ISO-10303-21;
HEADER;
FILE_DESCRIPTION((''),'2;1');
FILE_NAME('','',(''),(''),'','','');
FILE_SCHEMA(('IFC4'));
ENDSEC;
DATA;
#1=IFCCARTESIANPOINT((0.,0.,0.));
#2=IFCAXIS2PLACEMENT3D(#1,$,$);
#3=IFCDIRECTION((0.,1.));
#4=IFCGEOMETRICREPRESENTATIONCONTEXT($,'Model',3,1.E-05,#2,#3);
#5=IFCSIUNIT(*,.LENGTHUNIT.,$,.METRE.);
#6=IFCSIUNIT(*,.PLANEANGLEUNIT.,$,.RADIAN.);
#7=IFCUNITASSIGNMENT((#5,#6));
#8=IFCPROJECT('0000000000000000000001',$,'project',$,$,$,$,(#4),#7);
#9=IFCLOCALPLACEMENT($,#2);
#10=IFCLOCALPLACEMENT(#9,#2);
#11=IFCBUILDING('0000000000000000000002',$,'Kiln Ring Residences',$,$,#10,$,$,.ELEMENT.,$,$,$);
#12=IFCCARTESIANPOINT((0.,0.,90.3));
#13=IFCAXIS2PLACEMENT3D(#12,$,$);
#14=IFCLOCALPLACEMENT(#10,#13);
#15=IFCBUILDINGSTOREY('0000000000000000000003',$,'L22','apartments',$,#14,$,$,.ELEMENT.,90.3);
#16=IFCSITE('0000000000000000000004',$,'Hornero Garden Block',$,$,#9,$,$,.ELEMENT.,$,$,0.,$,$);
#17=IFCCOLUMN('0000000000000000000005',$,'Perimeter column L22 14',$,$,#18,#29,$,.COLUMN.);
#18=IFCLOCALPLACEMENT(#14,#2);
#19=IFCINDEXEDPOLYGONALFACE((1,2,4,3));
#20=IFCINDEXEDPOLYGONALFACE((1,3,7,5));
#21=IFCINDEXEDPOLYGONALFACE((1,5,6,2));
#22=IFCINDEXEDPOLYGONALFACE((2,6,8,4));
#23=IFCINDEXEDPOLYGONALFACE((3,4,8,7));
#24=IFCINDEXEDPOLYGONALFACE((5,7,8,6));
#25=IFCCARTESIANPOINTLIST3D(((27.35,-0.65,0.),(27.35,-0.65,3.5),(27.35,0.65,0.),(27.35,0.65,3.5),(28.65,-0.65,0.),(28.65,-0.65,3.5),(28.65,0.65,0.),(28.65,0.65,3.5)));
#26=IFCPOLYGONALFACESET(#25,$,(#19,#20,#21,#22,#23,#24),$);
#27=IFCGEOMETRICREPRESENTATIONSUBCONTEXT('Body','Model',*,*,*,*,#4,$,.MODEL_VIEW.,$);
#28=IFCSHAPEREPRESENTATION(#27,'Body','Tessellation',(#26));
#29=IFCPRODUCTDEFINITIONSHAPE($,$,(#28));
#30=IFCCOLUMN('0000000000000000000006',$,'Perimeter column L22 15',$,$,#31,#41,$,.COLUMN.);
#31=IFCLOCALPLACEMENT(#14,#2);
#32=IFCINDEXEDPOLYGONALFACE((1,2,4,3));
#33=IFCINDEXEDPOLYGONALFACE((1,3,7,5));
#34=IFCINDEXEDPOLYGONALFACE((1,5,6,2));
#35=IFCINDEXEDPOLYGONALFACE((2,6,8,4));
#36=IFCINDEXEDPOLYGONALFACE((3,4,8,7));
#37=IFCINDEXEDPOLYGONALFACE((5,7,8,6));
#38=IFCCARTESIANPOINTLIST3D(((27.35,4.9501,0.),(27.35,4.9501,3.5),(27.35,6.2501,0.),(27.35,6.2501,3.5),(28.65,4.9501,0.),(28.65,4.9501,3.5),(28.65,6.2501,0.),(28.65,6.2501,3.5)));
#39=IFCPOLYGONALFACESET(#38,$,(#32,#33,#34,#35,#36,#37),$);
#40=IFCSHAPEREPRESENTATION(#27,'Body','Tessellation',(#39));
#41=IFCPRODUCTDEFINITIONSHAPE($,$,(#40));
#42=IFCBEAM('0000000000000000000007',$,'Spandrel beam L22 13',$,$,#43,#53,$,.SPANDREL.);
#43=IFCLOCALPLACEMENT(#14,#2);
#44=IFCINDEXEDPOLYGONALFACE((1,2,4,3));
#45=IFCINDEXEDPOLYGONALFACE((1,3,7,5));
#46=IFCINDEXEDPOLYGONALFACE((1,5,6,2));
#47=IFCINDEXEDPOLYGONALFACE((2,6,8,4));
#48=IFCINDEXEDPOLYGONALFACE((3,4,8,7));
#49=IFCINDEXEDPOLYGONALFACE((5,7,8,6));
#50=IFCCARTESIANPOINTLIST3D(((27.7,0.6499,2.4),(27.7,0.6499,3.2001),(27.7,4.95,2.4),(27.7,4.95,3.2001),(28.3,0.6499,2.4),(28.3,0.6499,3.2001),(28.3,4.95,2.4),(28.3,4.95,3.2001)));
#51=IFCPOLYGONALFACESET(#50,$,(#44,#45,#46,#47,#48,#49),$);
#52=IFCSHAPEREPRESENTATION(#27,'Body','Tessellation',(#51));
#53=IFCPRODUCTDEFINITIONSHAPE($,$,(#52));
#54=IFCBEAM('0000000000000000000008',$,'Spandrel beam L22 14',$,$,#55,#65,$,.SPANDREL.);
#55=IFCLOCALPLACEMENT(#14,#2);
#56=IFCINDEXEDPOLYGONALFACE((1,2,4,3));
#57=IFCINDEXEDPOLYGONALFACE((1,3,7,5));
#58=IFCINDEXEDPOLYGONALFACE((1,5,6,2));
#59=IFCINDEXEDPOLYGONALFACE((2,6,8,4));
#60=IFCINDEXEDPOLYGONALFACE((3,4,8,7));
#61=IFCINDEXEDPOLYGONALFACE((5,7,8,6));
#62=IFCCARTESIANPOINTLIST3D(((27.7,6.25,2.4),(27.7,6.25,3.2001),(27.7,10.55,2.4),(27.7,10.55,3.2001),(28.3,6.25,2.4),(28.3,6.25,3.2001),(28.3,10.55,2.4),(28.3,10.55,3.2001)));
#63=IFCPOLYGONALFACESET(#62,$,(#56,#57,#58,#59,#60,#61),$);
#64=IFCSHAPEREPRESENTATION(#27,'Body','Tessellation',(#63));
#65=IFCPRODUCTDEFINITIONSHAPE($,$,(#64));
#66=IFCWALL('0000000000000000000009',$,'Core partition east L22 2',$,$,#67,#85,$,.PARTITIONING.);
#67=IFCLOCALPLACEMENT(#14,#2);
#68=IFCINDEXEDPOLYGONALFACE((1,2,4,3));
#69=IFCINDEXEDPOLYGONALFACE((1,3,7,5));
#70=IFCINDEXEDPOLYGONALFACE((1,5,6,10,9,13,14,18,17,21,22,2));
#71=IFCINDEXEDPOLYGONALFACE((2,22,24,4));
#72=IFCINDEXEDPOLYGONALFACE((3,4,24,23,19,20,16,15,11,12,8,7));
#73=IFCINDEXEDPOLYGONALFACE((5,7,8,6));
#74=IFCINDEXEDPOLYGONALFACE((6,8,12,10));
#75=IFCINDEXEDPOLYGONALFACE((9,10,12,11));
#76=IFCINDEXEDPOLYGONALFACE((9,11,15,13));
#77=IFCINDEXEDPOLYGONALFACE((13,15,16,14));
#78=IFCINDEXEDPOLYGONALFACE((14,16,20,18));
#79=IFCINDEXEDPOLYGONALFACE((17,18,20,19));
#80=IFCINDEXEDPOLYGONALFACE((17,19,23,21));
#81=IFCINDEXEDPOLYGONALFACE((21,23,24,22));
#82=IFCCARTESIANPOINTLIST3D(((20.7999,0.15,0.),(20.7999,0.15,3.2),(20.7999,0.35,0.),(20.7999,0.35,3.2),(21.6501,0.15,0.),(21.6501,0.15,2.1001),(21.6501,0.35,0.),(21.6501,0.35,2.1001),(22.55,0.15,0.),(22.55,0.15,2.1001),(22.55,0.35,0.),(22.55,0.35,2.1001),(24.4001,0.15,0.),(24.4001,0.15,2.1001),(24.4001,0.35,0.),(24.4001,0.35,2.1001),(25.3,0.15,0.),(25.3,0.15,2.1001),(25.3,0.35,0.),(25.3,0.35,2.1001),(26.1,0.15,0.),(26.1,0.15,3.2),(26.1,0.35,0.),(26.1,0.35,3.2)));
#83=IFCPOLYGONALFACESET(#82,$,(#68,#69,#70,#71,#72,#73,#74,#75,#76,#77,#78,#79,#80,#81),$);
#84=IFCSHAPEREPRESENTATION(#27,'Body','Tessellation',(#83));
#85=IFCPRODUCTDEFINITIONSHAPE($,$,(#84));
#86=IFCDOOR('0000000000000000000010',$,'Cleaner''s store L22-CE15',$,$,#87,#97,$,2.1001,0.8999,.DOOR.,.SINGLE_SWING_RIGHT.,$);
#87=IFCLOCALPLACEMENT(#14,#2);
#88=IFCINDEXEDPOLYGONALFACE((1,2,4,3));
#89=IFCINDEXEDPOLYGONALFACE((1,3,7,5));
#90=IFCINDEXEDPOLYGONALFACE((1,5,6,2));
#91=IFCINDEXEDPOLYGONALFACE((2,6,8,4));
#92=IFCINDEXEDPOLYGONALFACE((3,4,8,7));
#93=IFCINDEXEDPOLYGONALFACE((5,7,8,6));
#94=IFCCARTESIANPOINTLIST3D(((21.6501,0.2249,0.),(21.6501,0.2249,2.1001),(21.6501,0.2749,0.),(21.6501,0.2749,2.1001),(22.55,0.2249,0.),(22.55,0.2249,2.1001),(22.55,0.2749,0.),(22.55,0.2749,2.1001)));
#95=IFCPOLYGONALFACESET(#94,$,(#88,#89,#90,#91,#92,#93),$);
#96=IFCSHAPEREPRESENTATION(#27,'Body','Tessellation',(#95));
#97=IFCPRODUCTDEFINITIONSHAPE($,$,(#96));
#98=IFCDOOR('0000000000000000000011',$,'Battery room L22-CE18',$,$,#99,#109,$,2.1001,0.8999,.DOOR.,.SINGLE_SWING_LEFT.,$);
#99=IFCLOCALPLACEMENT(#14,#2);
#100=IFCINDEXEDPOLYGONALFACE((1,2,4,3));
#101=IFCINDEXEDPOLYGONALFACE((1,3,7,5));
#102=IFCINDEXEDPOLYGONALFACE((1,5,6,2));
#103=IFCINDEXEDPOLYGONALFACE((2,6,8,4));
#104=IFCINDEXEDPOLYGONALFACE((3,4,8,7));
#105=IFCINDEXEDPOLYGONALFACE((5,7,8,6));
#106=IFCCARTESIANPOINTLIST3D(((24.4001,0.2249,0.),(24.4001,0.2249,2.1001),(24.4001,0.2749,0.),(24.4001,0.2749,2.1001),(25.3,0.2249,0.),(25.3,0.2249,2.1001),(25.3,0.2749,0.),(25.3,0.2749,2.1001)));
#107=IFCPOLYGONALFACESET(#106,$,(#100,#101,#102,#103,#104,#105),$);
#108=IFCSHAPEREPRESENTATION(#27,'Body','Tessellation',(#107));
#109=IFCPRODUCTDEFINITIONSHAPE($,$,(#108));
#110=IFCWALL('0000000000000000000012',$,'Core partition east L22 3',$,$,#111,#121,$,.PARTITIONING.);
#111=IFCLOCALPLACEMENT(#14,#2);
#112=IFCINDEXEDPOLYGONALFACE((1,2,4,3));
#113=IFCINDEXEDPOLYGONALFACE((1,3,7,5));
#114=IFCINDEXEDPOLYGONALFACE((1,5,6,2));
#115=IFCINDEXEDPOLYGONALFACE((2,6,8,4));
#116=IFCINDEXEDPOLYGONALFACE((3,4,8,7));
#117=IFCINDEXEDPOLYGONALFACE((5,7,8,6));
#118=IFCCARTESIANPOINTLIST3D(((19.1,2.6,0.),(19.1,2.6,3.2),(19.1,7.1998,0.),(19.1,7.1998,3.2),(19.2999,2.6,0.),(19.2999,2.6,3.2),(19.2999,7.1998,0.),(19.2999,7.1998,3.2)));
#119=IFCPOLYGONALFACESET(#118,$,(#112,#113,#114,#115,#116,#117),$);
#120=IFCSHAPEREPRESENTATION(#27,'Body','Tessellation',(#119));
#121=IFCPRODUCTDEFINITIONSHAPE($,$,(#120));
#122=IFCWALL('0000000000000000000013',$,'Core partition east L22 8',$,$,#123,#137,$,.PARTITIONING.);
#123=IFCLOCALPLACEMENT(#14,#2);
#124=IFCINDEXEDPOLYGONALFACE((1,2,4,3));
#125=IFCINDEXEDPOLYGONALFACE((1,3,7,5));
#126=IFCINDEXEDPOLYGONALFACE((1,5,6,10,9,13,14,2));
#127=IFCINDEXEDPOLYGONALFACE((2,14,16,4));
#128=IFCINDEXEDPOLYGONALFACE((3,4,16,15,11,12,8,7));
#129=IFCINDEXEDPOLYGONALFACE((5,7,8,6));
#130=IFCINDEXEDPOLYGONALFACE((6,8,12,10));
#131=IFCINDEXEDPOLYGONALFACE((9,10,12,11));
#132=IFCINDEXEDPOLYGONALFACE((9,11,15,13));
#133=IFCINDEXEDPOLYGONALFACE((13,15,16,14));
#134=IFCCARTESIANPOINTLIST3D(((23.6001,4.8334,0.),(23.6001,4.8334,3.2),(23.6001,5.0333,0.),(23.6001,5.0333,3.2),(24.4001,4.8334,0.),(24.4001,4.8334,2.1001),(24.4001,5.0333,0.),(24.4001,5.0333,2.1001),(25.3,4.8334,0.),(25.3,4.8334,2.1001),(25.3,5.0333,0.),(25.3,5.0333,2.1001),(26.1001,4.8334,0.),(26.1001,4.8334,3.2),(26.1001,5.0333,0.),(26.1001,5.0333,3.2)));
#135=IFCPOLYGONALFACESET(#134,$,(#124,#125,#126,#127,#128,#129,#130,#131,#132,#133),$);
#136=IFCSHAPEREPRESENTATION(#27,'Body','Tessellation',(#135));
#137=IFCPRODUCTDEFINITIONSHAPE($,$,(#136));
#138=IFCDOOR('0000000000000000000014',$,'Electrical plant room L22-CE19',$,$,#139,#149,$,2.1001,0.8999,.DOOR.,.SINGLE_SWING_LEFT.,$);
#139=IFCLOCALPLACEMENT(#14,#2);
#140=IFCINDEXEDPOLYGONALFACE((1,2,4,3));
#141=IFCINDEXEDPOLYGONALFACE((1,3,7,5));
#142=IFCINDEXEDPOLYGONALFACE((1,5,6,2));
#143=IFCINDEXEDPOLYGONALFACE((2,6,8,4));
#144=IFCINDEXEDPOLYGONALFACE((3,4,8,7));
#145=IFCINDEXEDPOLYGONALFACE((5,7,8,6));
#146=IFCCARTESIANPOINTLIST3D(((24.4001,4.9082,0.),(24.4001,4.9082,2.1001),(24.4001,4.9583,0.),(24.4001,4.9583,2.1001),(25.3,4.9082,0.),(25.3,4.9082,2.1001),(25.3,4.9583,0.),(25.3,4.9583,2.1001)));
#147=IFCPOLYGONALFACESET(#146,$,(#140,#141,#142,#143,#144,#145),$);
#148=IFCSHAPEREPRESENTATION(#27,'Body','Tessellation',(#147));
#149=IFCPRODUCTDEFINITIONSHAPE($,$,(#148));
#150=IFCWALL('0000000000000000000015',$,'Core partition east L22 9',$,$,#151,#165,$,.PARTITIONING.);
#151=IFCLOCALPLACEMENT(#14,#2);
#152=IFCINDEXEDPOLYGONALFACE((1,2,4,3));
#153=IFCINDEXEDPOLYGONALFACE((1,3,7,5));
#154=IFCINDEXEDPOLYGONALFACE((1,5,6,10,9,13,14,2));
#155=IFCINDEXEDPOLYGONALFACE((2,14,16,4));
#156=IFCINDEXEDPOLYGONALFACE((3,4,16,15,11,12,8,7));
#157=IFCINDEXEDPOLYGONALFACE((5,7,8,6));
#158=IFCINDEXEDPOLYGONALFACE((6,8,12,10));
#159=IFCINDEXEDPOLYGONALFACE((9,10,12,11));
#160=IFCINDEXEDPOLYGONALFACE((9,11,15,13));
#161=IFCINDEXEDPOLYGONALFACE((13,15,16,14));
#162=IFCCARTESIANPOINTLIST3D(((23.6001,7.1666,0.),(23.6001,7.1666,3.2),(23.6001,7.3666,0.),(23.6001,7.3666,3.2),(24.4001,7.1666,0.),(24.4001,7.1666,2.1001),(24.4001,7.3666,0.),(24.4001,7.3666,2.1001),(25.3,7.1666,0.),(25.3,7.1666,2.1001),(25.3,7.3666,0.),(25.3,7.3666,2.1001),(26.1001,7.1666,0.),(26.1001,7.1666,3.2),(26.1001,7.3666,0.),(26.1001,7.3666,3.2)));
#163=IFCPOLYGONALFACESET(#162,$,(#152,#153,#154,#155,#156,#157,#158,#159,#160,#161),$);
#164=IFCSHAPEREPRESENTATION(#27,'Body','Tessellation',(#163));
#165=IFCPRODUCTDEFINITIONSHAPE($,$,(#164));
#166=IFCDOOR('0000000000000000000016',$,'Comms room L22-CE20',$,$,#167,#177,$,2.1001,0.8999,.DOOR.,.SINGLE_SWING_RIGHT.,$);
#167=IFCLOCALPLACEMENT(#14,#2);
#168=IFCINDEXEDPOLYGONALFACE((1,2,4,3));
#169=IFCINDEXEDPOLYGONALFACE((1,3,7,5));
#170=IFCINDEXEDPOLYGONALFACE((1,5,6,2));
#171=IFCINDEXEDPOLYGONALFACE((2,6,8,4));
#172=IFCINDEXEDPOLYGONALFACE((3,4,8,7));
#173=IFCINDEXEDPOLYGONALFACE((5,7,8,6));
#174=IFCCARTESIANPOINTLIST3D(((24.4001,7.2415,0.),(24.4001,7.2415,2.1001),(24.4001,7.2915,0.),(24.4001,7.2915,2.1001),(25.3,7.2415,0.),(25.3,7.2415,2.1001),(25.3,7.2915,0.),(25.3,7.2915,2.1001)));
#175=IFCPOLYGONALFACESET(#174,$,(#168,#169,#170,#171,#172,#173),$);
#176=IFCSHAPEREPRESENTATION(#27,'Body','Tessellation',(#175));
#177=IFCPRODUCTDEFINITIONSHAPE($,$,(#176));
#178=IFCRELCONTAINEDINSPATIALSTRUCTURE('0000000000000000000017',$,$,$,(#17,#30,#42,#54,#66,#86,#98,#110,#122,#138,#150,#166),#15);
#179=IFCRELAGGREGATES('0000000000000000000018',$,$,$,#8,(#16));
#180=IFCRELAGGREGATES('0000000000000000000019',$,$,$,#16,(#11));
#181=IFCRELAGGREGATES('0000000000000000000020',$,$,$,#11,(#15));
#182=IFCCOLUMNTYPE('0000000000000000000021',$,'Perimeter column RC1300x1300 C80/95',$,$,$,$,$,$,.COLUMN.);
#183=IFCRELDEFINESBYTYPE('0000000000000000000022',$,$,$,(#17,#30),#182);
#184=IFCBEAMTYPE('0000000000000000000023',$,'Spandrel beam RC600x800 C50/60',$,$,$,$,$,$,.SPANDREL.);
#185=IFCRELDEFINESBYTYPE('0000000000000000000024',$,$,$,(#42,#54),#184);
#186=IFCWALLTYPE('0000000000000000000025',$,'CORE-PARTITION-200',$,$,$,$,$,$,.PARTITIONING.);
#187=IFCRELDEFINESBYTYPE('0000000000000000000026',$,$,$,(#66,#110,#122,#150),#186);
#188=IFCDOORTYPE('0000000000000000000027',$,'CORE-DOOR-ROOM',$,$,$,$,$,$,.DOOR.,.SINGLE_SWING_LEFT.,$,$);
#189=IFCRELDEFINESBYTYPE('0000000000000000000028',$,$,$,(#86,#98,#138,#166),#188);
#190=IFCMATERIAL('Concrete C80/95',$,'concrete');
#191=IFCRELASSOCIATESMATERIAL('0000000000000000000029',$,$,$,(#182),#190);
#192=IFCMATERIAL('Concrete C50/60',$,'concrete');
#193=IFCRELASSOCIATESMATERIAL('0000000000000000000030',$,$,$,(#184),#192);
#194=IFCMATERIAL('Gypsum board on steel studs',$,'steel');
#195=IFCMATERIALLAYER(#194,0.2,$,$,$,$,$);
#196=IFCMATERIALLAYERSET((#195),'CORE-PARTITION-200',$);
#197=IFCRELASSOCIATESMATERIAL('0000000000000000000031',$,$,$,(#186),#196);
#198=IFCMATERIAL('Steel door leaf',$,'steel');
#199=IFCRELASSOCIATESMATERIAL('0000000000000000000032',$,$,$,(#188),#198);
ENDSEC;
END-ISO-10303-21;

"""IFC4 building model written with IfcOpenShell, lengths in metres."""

from ifc_helpers import new_model, si_unit, direction, frame, frame_2d, origin, origin_2d, place, context, subcontext, project, spatial, rectangle, extrude, material, layer, layer_set, material_profile, profile_set, type_object, element, fill, save


model = new_model("IFC4")

# Units and contexts
model_context = context("Model", 3, precision=1e-05, world=origin(), true_north=direction((0.0, 1.0)))
body_context = subcontext(model_context, "Body", "Model", "MODEL_VIEW")
ifc_project = project(units=[si_unit("LENGTHUNIT", "METRE"), si_unit("PLANEANGLEUNIT", "RADIAN")], contexts=[model_context])

# Site, building, storey
site_placement = place(None, origin())
site = spatial("IfcSite", under=ifc_project, at=site_placement, Name="Hornero Garden Block", CompositionType="ELEMENT", RefElevation=0.0)
building_placement = place(site_placement, origin())
building = spatial("IfcBuilding", under=site, at=building_placement, Name="Kiln Ring Residences", CompositionType="ELEMENT")
storey_placement = place(building_placement, frame((0.0, 0.0, 90.3)))
storey = spatial("IfcBuildingStorey", under=building, at=storey_placement, Name="L22", Description="apartments", CompositionType="ELEMENT", Elevation=90.3)

# Columns
ifc_material_1 = material(Name="Concrete C80/95", Category="concrete")
ifc_material_profile_1 = material_profile(ifc_material_1, rectangle(XDim=1.3, YDim=1.3, at=origin_2d()), Name="RC1300x1300")
ifc_profile_set_1 = profile_set([ifc_material_profile_1], Name="Concrete C80/95")
column_type = type_object("IfcColumnType", Name="Perimeter column RC1300x1300 C80/95", PredefinedType="COLUMN", material=ifc_profile_set_1)
for number, where, z_axis, x_axis, name in (
    (1, (28.0, 0.0, 0.0), (0.0, 0.0, 1.0), (1.0, 0.0, 0.0), "Perimeter column L22 14"),
    (2, (28.0, 5.6001, 0.0), (0.0, 0.0, 1.0), (1.0, 0.0, 0.0), "Perimeter column L22 15"),
):
    element("IfcColumn", number, at=place(storey_placement, frame(where, z_axis=z_axis, x_axis=x_axis)), inside=storey, type_object=column_type, Name=name, PredefinedType="COLUMN", context=body_context, shape_type="SweptSolid", body=[
        extrude(rectangle(XDim=1.3, YDim=1.3, at=origin_2d()), origin(), (0.0, 0.0, 1.0), 3.5),
    ])

# Beams
ifc_material_2 = material(Name="Concrete C50/60", Category="concrete")
ifc_material_profile_2 = material_profile(ifc_material_2, rectangle(XDim=0.6001, YDim=0.8, at=origin_2d()), Name="RC600x800")
ifc_profile_set_2 = profile_set([ifc_material_profile_2], Name="Concrete C50/60")
beam_type = type_object("IfcBeamType", Name="Spandrel beam RC600x800 C50/60", PredefinedType="SPANDREL", material=ifc_profile_set_2)
for number, where, z_axis, x_axis, name in (
    (3, (28.0, 0.6499, 2.8), (0.0, 1.0, 0.0), (-1.0, 0.0, 0.0), "Spandrel beam L22 13"),
    (4, (28.0, 6.25, 2.8), (0.0, 1.0, 0.0), (-1.0, 0.0, 0.0), "Spandrel beam L22 14"),
):
    element("IfcBeam", number, at=place(storey_placement, frame(where, z_axis=z_axis, x_axis=x_axis)), inside=storey, type_object=beam_type, Name=name, PredefinedType="SPANDREL", context=body_context, shape_type="SweptSolid", body=[
        extrude(rectangle(XDim=0.6001, YDim=0.8, at=origin_2d()), origin(), (0.0, 0.0, 1.0), 4.3),
    ])

# Wall, openings, doors
ifc_material_3 = material(Name="Gypsum board on steel studs", Category="steel")
ifc_layer_1 = layer(ifc_material_3, 0.2)
ifc_layer_set_1 = layer_set([ifc_layer_1], Name="CORE-PARTITION-200")
wall_type_1 = type_object("IfcWallType", Name="CORE-PARTITION-200", PredefinedType="PARTITIONING", material=ifc_layer_set_1)
wall_1_placement = place(storey_placement, frame((20.8, 0.25, 0.0), z_axis=(0.0, 0.0, 1.0), x_axis=(1.0, 0.0, 0.0)))
wall_1 = element("IfcWall", 5, at=wall_1_placement, inside=storey, type_object=wall_type_1, Name="Core partition east L22 2", PredefinedType="PARTITIONING", context=body_context, shape_type="SweptSolid", body=[
    extrude(rectangle(XDim=5.3, YDim=0.2, at=frame_2d((2.6499, 0.0))), origin(), (0.0, 0.0, 1.0), 3.2),
])
opening_1_placement = place(wall_1_placement, frame((0.8501, 0.0, 0.0)))
opening_1 = element("IfcOpeningElement", 6, at=opening_1_placement, cuts=wall_1, PredefinedType="OPENING", context=body_context, shape_type="SweptSolid", body=[
    extrude(rectangle(XDim=0.8999, YDim=2.1001, at=frame_2d((0.45, 1.05))), frame((0.0, 0.1099, 0.0), z_axis=(0.0, -1.0, 0.0), x_axis=(1.0, 0.0, 0.0)), (0.0, 0.0, 1.0), 0.22),
])
opening_2_placement = place(wall_1_placement, frame((3.6001, 0.0, 0.0)))
opening_2 = element("IfcOpeningElement", 7, at=opening_2_placement, cuts=wall_1, PredefinedType="OPENING", context=body_context, shape_type="SweptSolid", body=[
    extrude(rectangle(XDim=0.8999, YDim=2.1001, at=frame_2d((0.45, 1.05))), frame((0.0, 0.1099, 0.0), z_axis=(0.0, -1.0, 0.0), x_axis=(1.0, 0.0, 0.0)), (0.0, 0.0, 1.0), 0.22),
])
ifc_material_4 = material(Name="Steel door leaf", Category="steel")
door_type = type_object("IfcDoorType", Name="CORE-DOOR-ROOM", OperationType="SINGLE_SWING_LEFT", PredefinedType="DOOR", material=ifc_material_4)
door_1_placement = place(opening_1_placement, origin())
door_1 = element("IfcDoor", 8, at=door_1_placement, inside=storey, type_object=door_type, Name="Cleaner's store L22-CE15", OperationType="SINGLE_SWING_RIGHT", OverallHeight=2.1001, OverallWidth=0.8999, PredefinedType="DOOR", context=body_context, shape_type="SweptSolid", body=[
    extrude(rectangle(XDim=0.8999, YDim=2.1001, at=frame_2d((0.45, 1.05))), frame((0.0, 0.0249, 0.0), z_axis=(0.0, -1.0, 0.0), x_axis=(1.0, 0.0, 0.0)), (0.0, 0.0, 1.0), 0.05),
])
fill(opening_1, door_1)
door_2_placement = place(opening_2_placement, origin())
door_2 = element("IfcDoor", 9, at=door_2_placement, inside=storey, type_object=door_type, Name="Battery room L22-CE18", OperationType="SINGLE_SWING_LEFT", OverallHeight=2.1001, OverallWidth=0.8999, PredefinedType="DOOR", context=body_context, shape_type="SweptSolid", body=[
    extrude(rectangle(XDim=0.8999, YDim=2.1001, at=frame_2d((0.45, 1.05))), frame((0.0, 0.0249, 0.0), z_axis=(0.0, -1.0, 0.0), x_axis=(1.0, 0.0, 0.0)), (0.0, 0.0, 1.0), 0.05),
])
fill(opening_2, door_2)

# Wall
wall_2_placement = place(storey_placement, frame((19.2, 2.6001, 0.0), z_axis=(0.0, 0.0, 1.0), x_axis=(0.0, 1.0, 0.0)))
element("IfcWall", 10, at=wall_2_placement, inside=storey, type_object=wall_type_1, Name="Core partition east L22 3", PredefinedType="PARTITIONING", context=body_context, shape_type="SweptSolid", body=[
    extrude(rectangle(XDim=4.5999, YDim=0.2, at=frame_2d((2.2998, 0.0))), origin(), (0.0, 0.0, 1.0), 3.2),
])

# Walls, openings, doors
wall_3_placement = place(storey_placement, frame((23.6001, 4.9333, 0.0), z_axis=(0.0, 0.0, 1.0), x_axis=(1.0, 0.0, 0.0)))
wall_3 = element("IfcWall", 11, at=wall_3_placement, inside=storey, type_object=wall_type_1, Name="Core partition east L22 8", PredefinedType="PARTITIONING", context=body_context, shape_type="SweptSolid", body=[
    extrude(rectangle(XDim=2.5, YDim=0.2, at=frame_2d((1.25, 0.0))), origin(), (0.0, 0.0, 1.0), 3.2),
])
opening_3_placement = place(wall_3_placement, frame((0.8, 0.0, 0.0)))
opening_3 = element("IfcOpeningElement", 12, at=opening_3_placement, cuts=wall_3, PredefinedType="OPENING", context=body_context, shape_type="SweptSolid", body=[
    extrude(rectangle(XDim=0.8999, YDim=2.1001, at=frame_2d((0.45, 1.05))), frame((0.0, 0.1099, 0.0), z_axis=(0.0, -1.0, 0.0), x_axis=(1.0, 0.0, 0.0)), (0.0, 0.0, 1.0), 0.22),
])
door_3_placement = place(opening_3_placement, origin())
door_3 = element("IfcDoor", 13, at=door_3_placement, inside=storey, type_object=door_type, Name="Electrical plant room L22-CE19", OperationType="SINGLE_SWING_LEFT", OverallHeight=2.1001, OverallWidth=0.8999, PredefinedType="DOOR", context=body_context, shape_type="SweptSolid", body=[
    extrude(rectangle(XDim=0.8999, YDim=2.1001, at=frame_2d((0.45, 1.05))), frame((0.0, 0.0249, 0.0), z_axis=(0.0, -1.0, 0.0), x_axis=(1.0, 0.0, 0.0)), (0.0, 0.0, 1.0), 0.05),
])
fill(opening_3, door_3)
wall_4_placement = place(storey_placement, frame((23.6001, 7.2666, 0.0), z_axis=(0.0, 0.0, 1.0), x_axis=(1.0, 0.0, 0.0)))
wall_4 = element("IfcWall", 14, at=wall_4_placement, inside=storey, type_object=wall_type_1, Name="Core partition east L22 9", PredefinedType="PARTITIONING", context=body_context, shape_type="SweptSolid", body=[
    extrude(rectangle(XDim=2.5, YDim=0.2, at=frame_2d((1.25, 0.0))), origin(), (0.0, 0.0, 1.0), 3.2),
])
opening_4_placement = place(wall_4_placement, frame((0.8, 0.0, 0.0)))
opening_4 = element("IfcOpeningElement", 15, at=opening_4_placement, cuts=wall_4, PredefinedType="OPENING", context=body_context, shape_type="SweptSolid", body=[
    extrude(rectangle(XDim=0.8999, YDim=2.1001, at=frame_2d((0.45, 1.05))), frame((0.0, 0.1099, 0.0), z_axis=(0.0, -1.0, 0.0), x_axis=(1.0, 0.0, 0.0)), (0.0, 0.0, 1.0), 0.22),
])
door_4_placement = place(opening_4_placement, origin())
door_4 = element("IfcDoor", 16, at=door_4_placement, inside=storey, type_object=door_type, Name="Comms room L22-CE20", OperationType="SINGLE_SWING_RIGHT", OverallHeight=2.1001, OverallWidth=0.8999, PredefinedType="DOOR", context=body_context, shape_type="SweptSolid", body=[
    extrude(rectangle(XDim=0.8999, YDim=2.1001, at=frame_2d((0.45, 1.05))), frame((0.0, 0.0249, 0.0), z_axis=(0.0, -1.0, 0.0), x_axis=(1.0, 0.0, 0.0)), (0.0, 0.0, 1.0), 0.05),
])
fill(opening_4, door_4)

save(model, "model.ifc")
